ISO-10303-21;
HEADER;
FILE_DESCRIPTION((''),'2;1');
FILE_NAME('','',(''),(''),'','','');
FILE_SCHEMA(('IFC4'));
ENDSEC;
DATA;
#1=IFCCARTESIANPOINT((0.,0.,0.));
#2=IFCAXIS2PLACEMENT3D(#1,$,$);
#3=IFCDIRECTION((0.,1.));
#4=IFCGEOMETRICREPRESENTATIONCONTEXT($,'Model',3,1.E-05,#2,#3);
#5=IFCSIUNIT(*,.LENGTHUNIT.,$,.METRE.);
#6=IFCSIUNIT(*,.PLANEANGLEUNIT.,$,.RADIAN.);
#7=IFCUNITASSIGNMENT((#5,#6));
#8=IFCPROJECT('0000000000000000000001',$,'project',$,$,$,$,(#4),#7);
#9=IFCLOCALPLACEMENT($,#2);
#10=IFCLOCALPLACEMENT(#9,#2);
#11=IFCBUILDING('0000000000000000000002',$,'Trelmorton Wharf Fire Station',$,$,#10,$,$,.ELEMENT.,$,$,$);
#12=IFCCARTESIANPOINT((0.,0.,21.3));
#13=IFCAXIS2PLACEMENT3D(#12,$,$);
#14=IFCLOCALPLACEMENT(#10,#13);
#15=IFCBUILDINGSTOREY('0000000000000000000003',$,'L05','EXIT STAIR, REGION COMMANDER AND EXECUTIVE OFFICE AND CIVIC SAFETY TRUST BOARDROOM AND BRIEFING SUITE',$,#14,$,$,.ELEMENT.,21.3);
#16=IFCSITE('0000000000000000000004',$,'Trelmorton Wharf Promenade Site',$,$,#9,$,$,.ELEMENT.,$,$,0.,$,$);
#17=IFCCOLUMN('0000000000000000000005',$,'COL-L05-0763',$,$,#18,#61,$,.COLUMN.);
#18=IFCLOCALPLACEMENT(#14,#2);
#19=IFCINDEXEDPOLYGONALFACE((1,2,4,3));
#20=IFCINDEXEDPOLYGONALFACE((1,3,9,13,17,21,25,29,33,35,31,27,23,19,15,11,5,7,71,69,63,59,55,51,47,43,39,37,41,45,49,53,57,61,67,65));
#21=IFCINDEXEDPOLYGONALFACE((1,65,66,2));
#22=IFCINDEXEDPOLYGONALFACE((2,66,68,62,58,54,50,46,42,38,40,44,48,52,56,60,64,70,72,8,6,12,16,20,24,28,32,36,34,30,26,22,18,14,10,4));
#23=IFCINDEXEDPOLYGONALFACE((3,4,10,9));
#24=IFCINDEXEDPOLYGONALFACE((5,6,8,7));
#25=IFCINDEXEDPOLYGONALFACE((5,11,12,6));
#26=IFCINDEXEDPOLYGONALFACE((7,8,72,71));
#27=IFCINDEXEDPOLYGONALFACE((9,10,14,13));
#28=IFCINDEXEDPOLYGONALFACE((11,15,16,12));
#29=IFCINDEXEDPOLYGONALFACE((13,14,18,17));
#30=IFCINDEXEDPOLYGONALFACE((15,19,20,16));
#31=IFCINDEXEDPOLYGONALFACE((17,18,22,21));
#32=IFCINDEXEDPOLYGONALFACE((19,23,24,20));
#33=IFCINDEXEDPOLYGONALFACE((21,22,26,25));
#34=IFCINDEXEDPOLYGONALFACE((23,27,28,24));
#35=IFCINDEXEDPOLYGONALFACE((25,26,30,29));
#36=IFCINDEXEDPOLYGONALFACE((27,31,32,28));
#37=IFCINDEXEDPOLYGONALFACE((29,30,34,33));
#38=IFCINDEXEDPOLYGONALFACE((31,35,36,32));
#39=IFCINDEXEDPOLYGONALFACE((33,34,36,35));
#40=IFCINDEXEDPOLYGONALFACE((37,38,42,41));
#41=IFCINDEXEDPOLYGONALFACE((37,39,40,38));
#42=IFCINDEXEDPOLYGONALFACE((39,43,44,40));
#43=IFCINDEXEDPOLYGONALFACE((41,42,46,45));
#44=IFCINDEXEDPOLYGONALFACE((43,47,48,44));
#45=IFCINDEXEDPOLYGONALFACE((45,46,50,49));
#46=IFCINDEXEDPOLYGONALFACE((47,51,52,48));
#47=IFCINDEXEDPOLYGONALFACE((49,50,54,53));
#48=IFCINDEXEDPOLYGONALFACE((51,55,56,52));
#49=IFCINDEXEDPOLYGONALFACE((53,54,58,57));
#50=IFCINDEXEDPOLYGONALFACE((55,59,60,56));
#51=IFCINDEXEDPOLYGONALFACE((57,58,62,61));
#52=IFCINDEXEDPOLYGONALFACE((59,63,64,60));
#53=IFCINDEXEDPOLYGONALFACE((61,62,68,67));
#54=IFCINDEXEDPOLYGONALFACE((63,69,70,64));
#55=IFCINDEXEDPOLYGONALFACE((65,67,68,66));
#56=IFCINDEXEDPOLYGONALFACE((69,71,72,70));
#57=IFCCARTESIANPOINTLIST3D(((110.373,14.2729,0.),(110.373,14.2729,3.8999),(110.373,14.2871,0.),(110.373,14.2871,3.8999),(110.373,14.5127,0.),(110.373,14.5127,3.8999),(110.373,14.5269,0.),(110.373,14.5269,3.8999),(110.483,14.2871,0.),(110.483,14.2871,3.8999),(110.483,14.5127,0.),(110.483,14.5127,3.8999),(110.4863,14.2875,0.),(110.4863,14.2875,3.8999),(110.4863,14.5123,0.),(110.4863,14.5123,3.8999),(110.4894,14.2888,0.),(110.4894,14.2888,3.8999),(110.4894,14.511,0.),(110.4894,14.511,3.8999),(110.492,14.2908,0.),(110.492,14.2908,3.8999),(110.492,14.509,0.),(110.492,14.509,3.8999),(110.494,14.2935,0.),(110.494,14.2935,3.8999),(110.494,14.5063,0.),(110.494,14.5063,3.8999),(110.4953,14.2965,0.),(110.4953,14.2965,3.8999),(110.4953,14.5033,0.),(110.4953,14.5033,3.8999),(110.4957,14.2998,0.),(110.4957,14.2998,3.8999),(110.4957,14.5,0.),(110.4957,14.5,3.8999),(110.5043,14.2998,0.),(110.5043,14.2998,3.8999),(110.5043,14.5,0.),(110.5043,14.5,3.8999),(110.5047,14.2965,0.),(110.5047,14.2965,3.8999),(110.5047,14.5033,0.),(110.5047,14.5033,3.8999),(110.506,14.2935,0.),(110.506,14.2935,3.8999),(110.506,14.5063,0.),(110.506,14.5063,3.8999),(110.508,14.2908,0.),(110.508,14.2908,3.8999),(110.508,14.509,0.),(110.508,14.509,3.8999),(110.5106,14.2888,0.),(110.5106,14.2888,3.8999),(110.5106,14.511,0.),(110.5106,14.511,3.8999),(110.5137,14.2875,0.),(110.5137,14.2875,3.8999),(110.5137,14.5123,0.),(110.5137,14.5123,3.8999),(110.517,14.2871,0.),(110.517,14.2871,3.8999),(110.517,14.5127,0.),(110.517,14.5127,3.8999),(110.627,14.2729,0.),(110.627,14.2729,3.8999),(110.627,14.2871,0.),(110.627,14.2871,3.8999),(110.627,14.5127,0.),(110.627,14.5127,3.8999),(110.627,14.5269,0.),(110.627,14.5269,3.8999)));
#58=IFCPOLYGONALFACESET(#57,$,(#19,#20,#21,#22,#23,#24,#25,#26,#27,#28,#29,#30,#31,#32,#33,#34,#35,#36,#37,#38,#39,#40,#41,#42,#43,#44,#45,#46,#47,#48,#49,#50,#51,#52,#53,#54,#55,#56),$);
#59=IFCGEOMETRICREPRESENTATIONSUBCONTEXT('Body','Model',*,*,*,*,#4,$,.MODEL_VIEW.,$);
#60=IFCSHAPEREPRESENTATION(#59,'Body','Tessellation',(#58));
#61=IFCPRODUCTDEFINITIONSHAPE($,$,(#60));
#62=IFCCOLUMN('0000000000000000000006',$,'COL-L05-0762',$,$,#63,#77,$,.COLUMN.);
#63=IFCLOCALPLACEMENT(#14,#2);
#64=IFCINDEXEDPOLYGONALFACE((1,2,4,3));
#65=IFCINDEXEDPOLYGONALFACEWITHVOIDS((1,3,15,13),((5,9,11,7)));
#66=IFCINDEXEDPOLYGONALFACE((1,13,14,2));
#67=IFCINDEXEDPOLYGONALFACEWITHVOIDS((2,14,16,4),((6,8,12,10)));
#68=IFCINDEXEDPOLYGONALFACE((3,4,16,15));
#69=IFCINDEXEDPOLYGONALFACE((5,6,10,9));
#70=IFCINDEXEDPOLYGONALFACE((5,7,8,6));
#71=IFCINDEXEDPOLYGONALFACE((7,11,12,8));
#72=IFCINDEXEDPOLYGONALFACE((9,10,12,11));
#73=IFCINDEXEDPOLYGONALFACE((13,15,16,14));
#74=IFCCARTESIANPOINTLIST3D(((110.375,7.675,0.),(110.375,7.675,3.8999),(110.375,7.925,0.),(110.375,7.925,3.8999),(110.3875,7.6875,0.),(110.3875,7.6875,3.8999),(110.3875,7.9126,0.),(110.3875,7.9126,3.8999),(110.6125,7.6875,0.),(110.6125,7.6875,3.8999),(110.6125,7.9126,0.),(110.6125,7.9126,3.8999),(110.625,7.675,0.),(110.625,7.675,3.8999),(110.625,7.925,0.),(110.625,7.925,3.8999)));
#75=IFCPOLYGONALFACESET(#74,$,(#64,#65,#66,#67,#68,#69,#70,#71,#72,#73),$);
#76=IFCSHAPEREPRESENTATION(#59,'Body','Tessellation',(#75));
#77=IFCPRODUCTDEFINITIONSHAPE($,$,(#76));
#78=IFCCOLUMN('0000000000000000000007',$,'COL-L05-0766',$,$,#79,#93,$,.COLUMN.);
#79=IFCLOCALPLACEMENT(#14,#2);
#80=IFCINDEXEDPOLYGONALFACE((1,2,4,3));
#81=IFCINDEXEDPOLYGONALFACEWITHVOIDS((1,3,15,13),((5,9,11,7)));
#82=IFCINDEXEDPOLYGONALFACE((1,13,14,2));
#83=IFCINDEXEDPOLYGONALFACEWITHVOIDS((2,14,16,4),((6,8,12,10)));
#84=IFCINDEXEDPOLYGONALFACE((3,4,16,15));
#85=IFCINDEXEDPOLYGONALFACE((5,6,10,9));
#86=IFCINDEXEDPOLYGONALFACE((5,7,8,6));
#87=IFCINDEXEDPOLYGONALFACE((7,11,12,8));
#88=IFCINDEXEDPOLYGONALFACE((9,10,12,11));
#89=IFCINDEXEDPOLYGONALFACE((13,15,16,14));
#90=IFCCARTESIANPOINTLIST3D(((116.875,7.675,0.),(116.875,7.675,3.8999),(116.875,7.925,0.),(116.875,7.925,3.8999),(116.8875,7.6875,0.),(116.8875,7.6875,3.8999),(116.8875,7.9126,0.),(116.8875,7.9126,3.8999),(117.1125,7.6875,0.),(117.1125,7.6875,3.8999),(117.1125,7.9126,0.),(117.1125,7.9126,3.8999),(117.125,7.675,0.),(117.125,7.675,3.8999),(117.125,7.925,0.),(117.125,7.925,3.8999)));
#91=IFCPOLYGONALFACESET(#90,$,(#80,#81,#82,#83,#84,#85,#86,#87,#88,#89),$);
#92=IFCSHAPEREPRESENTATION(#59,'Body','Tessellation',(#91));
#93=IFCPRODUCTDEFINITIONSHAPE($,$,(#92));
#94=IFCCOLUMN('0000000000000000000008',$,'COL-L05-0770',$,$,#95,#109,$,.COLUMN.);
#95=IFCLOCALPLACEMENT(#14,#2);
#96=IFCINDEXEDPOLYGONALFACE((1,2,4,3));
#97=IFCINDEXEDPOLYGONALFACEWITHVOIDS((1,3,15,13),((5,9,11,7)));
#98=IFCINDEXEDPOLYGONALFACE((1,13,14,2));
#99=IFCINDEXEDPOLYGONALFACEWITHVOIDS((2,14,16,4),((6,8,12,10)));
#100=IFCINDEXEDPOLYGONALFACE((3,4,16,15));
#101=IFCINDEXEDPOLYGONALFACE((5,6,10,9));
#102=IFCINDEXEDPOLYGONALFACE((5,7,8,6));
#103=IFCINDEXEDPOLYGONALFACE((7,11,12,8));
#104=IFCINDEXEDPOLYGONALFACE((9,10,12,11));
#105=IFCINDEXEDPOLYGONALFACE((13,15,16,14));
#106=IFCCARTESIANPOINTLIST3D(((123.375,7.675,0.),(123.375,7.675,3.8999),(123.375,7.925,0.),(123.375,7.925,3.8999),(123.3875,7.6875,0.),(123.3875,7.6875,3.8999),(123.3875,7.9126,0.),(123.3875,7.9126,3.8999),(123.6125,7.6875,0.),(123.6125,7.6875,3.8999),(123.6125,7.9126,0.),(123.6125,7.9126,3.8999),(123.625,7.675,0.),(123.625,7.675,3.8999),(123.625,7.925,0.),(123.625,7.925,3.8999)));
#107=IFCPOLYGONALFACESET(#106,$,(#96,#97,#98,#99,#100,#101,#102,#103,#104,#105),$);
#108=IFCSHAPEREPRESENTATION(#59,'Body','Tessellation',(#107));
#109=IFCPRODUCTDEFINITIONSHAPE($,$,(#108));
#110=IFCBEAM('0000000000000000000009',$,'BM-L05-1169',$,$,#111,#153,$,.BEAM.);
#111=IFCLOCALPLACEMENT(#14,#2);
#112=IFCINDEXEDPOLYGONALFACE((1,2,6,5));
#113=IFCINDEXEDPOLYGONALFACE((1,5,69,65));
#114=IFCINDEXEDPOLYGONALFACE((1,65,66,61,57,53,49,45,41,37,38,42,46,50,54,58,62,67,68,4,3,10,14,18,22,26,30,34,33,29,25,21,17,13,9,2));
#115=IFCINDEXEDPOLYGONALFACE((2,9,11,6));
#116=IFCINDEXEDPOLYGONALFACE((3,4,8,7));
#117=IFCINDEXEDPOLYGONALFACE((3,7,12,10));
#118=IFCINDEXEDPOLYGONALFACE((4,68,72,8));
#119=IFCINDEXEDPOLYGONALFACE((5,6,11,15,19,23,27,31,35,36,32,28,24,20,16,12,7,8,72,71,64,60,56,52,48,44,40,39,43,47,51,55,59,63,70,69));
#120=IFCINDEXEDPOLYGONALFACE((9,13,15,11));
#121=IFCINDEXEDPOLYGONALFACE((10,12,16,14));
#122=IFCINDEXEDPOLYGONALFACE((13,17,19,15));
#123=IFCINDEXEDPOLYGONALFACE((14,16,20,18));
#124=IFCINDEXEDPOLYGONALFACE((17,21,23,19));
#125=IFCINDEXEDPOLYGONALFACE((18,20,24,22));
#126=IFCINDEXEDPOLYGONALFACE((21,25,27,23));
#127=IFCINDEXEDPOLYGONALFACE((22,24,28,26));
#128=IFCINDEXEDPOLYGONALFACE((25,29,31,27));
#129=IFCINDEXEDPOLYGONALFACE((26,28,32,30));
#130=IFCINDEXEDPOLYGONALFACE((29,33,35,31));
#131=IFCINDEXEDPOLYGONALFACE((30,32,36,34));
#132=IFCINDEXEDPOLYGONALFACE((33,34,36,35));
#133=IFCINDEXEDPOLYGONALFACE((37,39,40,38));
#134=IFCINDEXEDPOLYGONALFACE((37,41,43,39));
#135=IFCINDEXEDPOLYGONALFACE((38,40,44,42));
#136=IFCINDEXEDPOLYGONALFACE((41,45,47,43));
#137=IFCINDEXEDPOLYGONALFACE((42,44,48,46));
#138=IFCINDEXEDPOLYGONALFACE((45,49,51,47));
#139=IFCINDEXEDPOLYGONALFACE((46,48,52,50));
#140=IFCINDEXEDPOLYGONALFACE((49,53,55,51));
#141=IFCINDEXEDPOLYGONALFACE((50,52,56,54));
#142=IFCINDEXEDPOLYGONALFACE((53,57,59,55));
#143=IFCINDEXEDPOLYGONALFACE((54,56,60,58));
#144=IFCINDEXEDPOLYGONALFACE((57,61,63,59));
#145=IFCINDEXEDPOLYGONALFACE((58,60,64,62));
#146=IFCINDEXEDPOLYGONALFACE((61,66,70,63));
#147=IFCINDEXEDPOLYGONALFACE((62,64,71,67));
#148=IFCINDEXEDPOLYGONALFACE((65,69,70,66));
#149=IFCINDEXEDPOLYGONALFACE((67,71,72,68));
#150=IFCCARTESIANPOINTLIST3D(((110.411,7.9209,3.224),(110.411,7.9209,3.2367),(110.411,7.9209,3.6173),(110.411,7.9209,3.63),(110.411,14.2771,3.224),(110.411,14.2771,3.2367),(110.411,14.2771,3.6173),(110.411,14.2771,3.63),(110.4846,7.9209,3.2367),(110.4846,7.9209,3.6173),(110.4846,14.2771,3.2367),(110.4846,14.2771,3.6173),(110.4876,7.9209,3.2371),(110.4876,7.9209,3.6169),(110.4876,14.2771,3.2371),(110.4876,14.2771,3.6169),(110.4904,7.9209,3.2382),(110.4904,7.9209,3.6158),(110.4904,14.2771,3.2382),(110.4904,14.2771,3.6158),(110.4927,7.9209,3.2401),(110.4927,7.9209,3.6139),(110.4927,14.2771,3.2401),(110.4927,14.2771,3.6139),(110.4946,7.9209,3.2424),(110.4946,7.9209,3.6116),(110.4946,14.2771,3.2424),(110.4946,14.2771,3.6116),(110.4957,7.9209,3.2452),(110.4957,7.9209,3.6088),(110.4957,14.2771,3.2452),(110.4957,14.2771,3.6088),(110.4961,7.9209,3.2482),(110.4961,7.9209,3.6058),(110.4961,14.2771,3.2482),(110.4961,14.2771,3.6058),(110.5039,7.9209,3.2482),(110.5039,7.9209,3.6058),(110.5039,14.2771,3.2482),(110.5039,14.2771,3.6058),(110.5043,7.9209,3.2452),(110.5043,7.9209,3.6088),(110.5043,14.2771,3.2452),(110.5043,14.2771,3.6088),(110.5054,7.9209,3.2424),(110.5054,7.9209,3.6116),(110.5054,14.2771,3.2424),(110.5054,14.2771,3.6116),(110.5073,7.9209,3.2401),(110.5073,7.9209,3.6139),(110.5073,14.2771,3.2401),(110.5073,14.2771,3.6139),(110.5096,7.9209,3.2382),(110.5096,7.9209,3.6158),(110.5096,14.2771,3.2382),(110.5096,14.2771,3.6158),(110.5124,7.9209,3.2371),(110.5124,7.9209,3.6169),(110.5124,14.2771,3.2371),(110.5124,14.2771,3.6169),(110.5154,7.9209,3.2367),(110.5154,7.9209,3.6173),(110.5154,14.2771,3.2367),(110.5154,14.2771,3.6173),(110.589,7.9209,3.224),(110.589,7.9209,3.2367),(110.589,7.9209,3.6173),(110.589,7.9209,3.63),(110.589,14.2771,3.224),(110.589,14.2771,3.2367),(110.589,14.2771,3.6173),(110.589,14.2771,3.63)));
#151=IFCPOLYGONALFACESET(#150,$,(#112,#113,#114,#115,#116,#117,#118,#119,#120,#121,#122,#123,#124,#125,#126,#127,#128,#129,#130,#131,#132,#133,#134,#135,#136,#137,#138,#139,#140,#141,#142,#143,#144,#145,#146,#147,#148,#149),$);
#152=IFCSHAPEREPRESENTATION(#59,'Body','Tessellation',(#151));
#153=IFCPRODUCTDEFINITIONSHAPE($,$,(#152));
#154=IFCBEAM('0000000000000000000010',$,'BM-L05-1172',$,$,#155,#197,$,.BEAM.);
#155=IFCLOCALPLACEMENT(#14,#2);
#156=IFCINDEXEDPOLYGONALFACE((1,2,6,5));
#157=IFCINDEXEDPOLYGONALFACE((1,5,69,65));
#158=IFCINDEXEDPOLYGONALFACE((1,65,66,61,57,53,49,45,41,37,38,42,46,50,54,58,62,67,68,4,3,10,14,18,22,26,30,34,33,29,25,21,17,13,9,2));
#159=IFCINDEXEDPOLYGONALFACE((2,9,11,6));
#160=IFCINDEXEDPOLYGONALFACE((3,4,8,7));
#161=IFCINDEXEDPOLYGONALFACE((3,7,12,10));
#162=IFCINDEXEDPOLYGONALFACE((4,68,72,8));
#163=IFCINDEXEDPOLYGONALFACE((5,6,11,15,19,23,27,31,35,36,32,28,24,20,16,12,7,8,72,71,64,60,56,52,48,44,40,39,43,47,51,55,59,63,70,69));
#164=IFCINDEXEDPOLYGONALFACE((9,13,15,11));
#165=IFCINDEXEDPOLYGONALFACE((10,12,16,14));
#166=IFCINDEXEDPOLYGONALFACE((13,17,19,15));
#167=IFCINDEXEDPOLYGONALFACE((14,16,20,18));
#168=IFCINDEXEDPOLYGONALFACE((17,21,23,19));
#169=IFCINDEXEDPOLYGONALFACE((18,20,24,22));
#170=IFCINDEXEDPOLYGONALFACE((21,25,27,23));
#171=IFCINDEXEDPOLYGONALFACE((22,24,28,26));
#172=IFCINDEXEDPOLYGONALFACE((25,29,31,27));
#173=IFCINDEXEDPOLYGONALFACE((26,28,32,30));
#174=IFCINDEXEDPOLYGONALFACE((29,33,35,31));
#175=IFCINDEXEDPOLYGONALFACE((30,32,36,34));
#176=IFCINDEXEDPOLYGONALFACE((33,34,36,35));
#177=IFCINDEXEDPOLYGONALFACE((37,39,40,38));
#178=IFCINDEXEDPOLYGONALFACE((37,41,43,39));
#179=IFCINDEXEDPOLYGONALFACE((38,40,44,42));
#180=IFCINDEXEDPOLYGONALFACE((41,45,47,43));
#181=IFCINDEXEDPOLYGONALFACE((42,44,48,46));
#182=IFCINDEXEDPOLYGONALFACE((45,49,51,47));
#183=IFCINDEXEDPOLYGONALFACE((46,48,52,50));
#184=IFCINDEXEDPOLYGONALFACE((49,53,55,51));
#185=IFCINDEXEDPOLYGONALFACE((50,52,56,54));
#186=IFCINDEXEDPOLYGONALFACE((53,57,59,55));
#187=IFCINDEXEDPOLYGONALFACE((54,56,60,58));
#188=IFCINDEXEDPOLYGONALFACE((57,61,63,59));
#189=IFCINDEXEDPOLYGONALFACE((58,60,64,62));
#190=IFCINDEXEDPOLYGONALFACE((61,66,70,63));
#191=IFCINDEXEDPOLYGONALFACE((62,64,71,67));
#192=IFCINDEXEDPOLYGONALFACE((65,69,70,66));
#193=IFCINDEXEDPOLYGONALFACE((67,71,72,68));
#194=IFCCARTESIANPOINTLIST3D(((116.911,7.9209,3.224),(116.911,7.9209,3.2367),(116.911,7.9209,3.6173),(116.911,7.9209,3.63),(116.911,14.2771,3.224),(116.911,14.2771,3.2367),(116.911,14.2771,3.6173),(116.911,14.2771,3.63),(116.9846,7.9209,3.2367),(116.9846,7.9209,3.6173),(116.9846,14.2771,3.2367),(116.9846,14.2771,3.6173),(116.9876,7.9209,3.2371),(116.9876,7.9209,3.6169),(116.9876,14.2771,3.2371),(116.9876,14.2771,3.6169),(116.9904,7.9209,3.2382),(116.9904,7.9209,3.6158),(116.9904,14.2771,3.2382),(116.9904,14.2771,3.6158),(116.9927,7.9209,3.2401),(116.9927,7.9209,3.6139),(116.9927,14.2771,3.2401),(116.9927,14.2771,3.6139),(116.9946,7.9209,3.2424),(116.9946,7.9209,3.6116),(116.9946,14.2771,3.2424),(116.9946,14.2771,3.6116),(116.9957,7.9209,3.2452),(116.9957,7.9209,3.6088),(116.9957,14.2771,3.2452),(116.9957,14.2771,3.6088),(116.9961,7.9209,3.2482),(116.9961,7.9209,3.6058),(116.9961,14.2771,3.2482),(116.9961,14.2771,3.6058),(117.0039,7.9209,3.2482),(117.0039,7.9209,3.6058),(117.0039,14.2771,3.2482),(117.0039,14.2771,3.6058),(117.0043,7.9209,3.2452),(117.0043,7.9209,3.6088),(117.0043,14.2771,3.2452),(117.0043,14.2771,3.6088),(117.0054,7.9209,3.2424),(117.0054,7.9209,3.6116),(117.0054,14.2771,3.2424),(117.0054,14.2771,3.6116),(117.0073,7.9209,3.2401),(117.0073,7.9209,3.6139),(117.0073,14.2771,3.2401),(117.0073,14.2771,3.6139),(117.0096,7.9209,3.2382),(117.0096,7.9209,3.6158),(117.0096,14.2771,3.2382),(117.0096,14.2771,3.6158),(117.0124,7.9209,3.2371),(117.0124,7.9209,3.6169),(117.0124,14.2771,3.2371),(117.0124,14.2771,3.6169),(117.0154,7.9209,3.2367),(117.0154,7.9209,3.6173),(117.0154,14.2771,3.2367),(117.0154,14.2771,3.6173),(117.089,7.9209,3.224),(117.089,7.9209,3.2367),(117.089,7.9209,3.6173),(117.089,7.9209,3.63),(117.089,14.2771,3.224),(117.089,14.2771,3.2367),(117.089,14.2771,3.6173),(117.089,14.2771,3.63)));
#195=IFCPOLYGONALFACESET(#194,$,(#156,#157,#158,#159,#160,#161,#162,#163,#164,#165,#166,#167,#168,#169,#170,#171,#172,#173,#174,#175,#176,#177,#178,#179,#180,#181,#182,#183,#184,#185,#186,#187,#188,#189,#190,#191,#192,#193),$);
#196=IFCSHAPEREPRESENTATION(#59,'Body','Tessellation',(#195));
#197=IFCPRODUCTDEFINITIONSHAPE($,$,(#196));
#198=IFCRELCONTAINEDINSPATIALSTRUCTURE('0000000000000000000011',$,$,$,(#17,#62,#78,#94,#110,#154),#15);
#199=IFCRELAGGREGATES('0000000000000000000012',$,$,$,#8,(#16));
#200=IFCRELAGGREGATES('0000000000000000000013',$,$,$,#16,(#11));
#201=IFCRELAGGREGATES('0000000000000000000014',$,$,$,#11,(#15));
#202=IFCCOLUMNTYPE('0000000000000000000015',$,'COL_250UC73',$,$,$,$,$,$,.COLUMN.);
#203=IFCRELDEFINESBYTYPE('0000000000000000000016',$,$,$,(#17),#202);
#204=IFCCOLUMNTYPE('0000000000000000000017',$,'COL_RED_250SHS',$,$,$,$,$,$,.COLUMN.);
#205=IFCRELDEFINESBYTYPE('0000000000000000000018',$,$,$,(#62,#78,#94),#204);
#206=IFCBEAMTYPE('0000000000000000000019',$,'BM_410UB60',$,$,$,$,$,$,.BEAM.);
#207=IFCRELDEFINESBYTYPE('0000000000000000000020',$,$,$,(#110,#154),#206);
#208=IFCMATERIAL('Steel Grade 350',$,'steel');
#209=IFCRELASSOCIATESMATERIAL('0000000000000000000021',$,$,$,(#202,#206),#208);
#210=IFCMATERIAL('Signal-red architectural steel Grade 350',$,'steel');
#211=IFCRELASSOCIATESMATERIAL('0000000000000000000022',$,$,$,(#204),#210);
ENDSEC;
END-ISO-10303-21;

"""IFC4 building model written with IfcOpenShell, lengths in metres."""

from ifc_helpers import new_model, si_unit, direction, frame, origin, origin_2d, place, context, subcontext, project, spatial, hollow_rectangle, i_section, extrude, material, material_profile, profile_set, type_object, element, save


model = new_model("IFC4")

# Units and contexts
model_context = context("Model", 3, precision=1e-05, world=origin(), true_north=direction((0.0, 1.0)))
body_context = subcontext(model_context, "Body", "Model", "MODEL_VIEW")
ifc_project = project(units=[si_unit("LENGTHUNIT", "METRE"), si_unit("PLANEANGLEUNIT", "RADIAN")], contexts=[model_context])

# Site, building, storey
site_placement = place(None, origin())
site = spatial("IfcSite", under=ifc_project, at=site_placement, Name="Trelmorton Wharf Promenade Site", CompositionType="ELEMENT", RefElevation=0.0)
building_placement = place(site_placement, origin())
building = spatial("IfcBuilding", under=site, at=building_placement, Name="Trelmorton Wharf Fire Station", CompositionType="ELEMENT")
storey_placement = place(building_placement, frame((0.0, 0.0, 21.3)))
storey = spatial("IfcBuildingStorey", under=building, at=storey_placement, Name="L05", Description="EXIT STAIR, REGION COMMANDER AND EXECUTIVE OFFICE AND CIVIC SAFETY TRUST BOARDROOM AND BRIEFING SUITE", CompositionType="ELEMENT", Elevation=21.3)

# Columns
ifc_material_1 = material(Name="Steel Grade 350", Category="steel")
ifc_material_profile_1 = material_profile(ifc_material_1, i_section(OverallWidth=0.2539, OverallDepth=0.2539, WebThickness=0.0085, FlangeThickness=0.0142, FilletRadius=0.0127, at=origin_2d()), Name="250UC72.9")
ifc_profile_set_1 = profile_set([ifc_material_profile_1], Name="Steel Grade 350")
column_type_1 = type_object("IfcColumnType", Name="COL_250UC73", PredefinedType="COLUMN", material=ifc_profile_set_1)
column_placement = place(storey_placement, frame((110.5, 14.3999, 0.0), z_axis=(0.0, 0.0, 1.0), x_axis=(1.0, 0.0, 0.0)))
element("IfcColumn", 1, at=column_placement, inside=storey, type_object=column_type_1, Name="COL-L05-0763", PredefinedType="COLUMN", context=body_context, shape_type="SweptSolid", body=[
    extrude(i_section(OverallWidth=0.2539, OverallDepth=0.2539, WebThickness=0.0085, FlangeThickness=0.0142, FilletRadius=0.0127, at=origin_2d()), origin(), (0.0, 0.0, 1.0), 3.8999),
])
ifc_material_2 = material(Name="Signal-red architectural steel Grade 350", Category="steel")
ifc_material_profile_2 = material_profile(ifc_material_2, hollow_rectangle(XDim=0.25, YDim=0.25, WallThickness=0.0125, at=origin_2d()), Name="250x250x12.5SHS")
ifc_profile_set_2 = profile_set([ifc_material_profile_2], Name="Signal-red architectural steel Grade 350")
column_type_2 = type_object("IfcColumnType", Name="COL_RED_250SHS", PredefinedType="COLUMN", material=ifc_profile_set_2)
for number, where, z_axis, x_axis, name in (
    (2, (110.5, 7.8, 0.0), (0.0, 0.0, 1.0), (1.0, 0.0, 0.0), "COL-L05-0762"),
    (3, (117.0, 7.8, 0.0), (0.0, 0.0, 1.0), (1.0, 0.0, 0.0), "COL-L05-0766"),
    (4, (123.5, 7.8, 0.0), (0.0, 0.0, 1.0), (1.0, 0.0, 0.0), "COL-L05-0770"),
):
    element("IfcColumn", number, at=place(storey_placement, frame(where, z_axis=z_axis, x_axis=x_axis)), inside=storey, type_object=column_type_2, Name=name, PredefinedType="COLUMN", context=body_context, shape_type="SweptSolid", body=[
        extrude(hollow_rectangle(XDim=0.25, YDim=0.25, WallThickness=0.0125, at=origin_2d()), origin(), (0.0, 0.0, 1.0), 3.8999),
    ])

# Beams
ifc_material_profile_3 = material_profile(ifc_material_1, i_section(OverallWidth=0.178, OverallDepth=0.406, WebThickness=0.0078, FlangeThickness=0.0127, FilletRadius=0.0115, at=origin_2d()), Name="410UB59.7")
ifc_profile_set_3 = profile_set([ifc_material_profile_3], Name="Steel Grade 350")
beam_type_1 = type_object("IfcBeamType", Name="BM_410UB60", PredefinedType="BEAM", material=ifc_profile_set_3)
for number, where, z_axis, x_axis, name in (
    (5, (110.5, 7.9209, 3.427), (0.0, 1.0, 0.0), (-1.0, 0.0, 0.0), "BM-L05-1169"),
    (6, (117.0, 7.9209, 3.427), (0.0, 1.0, 0.0), (-1.0, 0.0, 0.0), "BM-L05-1172"),
):
    element("IfcBeam", number, at=place(storey_placement, frame(where, z_axis=z_axis, x_axis=x_axis)), inside=storey, type_object=beam_type_1, Name=name, PredefinedType="BEAM", context=body_context, shape_type="SweptSolid", body=[
        extrude(i_section(OverallWidth=0.178, OverallDepth=0.406, WebThickness=0.0078, FlangeThickness=0.0127, FilletRadius=0.0115, at=origin_2d()), origin(), (0.0, 0.0, 1.0), 6.3562),
    ])

save(model, "model.ifc")
